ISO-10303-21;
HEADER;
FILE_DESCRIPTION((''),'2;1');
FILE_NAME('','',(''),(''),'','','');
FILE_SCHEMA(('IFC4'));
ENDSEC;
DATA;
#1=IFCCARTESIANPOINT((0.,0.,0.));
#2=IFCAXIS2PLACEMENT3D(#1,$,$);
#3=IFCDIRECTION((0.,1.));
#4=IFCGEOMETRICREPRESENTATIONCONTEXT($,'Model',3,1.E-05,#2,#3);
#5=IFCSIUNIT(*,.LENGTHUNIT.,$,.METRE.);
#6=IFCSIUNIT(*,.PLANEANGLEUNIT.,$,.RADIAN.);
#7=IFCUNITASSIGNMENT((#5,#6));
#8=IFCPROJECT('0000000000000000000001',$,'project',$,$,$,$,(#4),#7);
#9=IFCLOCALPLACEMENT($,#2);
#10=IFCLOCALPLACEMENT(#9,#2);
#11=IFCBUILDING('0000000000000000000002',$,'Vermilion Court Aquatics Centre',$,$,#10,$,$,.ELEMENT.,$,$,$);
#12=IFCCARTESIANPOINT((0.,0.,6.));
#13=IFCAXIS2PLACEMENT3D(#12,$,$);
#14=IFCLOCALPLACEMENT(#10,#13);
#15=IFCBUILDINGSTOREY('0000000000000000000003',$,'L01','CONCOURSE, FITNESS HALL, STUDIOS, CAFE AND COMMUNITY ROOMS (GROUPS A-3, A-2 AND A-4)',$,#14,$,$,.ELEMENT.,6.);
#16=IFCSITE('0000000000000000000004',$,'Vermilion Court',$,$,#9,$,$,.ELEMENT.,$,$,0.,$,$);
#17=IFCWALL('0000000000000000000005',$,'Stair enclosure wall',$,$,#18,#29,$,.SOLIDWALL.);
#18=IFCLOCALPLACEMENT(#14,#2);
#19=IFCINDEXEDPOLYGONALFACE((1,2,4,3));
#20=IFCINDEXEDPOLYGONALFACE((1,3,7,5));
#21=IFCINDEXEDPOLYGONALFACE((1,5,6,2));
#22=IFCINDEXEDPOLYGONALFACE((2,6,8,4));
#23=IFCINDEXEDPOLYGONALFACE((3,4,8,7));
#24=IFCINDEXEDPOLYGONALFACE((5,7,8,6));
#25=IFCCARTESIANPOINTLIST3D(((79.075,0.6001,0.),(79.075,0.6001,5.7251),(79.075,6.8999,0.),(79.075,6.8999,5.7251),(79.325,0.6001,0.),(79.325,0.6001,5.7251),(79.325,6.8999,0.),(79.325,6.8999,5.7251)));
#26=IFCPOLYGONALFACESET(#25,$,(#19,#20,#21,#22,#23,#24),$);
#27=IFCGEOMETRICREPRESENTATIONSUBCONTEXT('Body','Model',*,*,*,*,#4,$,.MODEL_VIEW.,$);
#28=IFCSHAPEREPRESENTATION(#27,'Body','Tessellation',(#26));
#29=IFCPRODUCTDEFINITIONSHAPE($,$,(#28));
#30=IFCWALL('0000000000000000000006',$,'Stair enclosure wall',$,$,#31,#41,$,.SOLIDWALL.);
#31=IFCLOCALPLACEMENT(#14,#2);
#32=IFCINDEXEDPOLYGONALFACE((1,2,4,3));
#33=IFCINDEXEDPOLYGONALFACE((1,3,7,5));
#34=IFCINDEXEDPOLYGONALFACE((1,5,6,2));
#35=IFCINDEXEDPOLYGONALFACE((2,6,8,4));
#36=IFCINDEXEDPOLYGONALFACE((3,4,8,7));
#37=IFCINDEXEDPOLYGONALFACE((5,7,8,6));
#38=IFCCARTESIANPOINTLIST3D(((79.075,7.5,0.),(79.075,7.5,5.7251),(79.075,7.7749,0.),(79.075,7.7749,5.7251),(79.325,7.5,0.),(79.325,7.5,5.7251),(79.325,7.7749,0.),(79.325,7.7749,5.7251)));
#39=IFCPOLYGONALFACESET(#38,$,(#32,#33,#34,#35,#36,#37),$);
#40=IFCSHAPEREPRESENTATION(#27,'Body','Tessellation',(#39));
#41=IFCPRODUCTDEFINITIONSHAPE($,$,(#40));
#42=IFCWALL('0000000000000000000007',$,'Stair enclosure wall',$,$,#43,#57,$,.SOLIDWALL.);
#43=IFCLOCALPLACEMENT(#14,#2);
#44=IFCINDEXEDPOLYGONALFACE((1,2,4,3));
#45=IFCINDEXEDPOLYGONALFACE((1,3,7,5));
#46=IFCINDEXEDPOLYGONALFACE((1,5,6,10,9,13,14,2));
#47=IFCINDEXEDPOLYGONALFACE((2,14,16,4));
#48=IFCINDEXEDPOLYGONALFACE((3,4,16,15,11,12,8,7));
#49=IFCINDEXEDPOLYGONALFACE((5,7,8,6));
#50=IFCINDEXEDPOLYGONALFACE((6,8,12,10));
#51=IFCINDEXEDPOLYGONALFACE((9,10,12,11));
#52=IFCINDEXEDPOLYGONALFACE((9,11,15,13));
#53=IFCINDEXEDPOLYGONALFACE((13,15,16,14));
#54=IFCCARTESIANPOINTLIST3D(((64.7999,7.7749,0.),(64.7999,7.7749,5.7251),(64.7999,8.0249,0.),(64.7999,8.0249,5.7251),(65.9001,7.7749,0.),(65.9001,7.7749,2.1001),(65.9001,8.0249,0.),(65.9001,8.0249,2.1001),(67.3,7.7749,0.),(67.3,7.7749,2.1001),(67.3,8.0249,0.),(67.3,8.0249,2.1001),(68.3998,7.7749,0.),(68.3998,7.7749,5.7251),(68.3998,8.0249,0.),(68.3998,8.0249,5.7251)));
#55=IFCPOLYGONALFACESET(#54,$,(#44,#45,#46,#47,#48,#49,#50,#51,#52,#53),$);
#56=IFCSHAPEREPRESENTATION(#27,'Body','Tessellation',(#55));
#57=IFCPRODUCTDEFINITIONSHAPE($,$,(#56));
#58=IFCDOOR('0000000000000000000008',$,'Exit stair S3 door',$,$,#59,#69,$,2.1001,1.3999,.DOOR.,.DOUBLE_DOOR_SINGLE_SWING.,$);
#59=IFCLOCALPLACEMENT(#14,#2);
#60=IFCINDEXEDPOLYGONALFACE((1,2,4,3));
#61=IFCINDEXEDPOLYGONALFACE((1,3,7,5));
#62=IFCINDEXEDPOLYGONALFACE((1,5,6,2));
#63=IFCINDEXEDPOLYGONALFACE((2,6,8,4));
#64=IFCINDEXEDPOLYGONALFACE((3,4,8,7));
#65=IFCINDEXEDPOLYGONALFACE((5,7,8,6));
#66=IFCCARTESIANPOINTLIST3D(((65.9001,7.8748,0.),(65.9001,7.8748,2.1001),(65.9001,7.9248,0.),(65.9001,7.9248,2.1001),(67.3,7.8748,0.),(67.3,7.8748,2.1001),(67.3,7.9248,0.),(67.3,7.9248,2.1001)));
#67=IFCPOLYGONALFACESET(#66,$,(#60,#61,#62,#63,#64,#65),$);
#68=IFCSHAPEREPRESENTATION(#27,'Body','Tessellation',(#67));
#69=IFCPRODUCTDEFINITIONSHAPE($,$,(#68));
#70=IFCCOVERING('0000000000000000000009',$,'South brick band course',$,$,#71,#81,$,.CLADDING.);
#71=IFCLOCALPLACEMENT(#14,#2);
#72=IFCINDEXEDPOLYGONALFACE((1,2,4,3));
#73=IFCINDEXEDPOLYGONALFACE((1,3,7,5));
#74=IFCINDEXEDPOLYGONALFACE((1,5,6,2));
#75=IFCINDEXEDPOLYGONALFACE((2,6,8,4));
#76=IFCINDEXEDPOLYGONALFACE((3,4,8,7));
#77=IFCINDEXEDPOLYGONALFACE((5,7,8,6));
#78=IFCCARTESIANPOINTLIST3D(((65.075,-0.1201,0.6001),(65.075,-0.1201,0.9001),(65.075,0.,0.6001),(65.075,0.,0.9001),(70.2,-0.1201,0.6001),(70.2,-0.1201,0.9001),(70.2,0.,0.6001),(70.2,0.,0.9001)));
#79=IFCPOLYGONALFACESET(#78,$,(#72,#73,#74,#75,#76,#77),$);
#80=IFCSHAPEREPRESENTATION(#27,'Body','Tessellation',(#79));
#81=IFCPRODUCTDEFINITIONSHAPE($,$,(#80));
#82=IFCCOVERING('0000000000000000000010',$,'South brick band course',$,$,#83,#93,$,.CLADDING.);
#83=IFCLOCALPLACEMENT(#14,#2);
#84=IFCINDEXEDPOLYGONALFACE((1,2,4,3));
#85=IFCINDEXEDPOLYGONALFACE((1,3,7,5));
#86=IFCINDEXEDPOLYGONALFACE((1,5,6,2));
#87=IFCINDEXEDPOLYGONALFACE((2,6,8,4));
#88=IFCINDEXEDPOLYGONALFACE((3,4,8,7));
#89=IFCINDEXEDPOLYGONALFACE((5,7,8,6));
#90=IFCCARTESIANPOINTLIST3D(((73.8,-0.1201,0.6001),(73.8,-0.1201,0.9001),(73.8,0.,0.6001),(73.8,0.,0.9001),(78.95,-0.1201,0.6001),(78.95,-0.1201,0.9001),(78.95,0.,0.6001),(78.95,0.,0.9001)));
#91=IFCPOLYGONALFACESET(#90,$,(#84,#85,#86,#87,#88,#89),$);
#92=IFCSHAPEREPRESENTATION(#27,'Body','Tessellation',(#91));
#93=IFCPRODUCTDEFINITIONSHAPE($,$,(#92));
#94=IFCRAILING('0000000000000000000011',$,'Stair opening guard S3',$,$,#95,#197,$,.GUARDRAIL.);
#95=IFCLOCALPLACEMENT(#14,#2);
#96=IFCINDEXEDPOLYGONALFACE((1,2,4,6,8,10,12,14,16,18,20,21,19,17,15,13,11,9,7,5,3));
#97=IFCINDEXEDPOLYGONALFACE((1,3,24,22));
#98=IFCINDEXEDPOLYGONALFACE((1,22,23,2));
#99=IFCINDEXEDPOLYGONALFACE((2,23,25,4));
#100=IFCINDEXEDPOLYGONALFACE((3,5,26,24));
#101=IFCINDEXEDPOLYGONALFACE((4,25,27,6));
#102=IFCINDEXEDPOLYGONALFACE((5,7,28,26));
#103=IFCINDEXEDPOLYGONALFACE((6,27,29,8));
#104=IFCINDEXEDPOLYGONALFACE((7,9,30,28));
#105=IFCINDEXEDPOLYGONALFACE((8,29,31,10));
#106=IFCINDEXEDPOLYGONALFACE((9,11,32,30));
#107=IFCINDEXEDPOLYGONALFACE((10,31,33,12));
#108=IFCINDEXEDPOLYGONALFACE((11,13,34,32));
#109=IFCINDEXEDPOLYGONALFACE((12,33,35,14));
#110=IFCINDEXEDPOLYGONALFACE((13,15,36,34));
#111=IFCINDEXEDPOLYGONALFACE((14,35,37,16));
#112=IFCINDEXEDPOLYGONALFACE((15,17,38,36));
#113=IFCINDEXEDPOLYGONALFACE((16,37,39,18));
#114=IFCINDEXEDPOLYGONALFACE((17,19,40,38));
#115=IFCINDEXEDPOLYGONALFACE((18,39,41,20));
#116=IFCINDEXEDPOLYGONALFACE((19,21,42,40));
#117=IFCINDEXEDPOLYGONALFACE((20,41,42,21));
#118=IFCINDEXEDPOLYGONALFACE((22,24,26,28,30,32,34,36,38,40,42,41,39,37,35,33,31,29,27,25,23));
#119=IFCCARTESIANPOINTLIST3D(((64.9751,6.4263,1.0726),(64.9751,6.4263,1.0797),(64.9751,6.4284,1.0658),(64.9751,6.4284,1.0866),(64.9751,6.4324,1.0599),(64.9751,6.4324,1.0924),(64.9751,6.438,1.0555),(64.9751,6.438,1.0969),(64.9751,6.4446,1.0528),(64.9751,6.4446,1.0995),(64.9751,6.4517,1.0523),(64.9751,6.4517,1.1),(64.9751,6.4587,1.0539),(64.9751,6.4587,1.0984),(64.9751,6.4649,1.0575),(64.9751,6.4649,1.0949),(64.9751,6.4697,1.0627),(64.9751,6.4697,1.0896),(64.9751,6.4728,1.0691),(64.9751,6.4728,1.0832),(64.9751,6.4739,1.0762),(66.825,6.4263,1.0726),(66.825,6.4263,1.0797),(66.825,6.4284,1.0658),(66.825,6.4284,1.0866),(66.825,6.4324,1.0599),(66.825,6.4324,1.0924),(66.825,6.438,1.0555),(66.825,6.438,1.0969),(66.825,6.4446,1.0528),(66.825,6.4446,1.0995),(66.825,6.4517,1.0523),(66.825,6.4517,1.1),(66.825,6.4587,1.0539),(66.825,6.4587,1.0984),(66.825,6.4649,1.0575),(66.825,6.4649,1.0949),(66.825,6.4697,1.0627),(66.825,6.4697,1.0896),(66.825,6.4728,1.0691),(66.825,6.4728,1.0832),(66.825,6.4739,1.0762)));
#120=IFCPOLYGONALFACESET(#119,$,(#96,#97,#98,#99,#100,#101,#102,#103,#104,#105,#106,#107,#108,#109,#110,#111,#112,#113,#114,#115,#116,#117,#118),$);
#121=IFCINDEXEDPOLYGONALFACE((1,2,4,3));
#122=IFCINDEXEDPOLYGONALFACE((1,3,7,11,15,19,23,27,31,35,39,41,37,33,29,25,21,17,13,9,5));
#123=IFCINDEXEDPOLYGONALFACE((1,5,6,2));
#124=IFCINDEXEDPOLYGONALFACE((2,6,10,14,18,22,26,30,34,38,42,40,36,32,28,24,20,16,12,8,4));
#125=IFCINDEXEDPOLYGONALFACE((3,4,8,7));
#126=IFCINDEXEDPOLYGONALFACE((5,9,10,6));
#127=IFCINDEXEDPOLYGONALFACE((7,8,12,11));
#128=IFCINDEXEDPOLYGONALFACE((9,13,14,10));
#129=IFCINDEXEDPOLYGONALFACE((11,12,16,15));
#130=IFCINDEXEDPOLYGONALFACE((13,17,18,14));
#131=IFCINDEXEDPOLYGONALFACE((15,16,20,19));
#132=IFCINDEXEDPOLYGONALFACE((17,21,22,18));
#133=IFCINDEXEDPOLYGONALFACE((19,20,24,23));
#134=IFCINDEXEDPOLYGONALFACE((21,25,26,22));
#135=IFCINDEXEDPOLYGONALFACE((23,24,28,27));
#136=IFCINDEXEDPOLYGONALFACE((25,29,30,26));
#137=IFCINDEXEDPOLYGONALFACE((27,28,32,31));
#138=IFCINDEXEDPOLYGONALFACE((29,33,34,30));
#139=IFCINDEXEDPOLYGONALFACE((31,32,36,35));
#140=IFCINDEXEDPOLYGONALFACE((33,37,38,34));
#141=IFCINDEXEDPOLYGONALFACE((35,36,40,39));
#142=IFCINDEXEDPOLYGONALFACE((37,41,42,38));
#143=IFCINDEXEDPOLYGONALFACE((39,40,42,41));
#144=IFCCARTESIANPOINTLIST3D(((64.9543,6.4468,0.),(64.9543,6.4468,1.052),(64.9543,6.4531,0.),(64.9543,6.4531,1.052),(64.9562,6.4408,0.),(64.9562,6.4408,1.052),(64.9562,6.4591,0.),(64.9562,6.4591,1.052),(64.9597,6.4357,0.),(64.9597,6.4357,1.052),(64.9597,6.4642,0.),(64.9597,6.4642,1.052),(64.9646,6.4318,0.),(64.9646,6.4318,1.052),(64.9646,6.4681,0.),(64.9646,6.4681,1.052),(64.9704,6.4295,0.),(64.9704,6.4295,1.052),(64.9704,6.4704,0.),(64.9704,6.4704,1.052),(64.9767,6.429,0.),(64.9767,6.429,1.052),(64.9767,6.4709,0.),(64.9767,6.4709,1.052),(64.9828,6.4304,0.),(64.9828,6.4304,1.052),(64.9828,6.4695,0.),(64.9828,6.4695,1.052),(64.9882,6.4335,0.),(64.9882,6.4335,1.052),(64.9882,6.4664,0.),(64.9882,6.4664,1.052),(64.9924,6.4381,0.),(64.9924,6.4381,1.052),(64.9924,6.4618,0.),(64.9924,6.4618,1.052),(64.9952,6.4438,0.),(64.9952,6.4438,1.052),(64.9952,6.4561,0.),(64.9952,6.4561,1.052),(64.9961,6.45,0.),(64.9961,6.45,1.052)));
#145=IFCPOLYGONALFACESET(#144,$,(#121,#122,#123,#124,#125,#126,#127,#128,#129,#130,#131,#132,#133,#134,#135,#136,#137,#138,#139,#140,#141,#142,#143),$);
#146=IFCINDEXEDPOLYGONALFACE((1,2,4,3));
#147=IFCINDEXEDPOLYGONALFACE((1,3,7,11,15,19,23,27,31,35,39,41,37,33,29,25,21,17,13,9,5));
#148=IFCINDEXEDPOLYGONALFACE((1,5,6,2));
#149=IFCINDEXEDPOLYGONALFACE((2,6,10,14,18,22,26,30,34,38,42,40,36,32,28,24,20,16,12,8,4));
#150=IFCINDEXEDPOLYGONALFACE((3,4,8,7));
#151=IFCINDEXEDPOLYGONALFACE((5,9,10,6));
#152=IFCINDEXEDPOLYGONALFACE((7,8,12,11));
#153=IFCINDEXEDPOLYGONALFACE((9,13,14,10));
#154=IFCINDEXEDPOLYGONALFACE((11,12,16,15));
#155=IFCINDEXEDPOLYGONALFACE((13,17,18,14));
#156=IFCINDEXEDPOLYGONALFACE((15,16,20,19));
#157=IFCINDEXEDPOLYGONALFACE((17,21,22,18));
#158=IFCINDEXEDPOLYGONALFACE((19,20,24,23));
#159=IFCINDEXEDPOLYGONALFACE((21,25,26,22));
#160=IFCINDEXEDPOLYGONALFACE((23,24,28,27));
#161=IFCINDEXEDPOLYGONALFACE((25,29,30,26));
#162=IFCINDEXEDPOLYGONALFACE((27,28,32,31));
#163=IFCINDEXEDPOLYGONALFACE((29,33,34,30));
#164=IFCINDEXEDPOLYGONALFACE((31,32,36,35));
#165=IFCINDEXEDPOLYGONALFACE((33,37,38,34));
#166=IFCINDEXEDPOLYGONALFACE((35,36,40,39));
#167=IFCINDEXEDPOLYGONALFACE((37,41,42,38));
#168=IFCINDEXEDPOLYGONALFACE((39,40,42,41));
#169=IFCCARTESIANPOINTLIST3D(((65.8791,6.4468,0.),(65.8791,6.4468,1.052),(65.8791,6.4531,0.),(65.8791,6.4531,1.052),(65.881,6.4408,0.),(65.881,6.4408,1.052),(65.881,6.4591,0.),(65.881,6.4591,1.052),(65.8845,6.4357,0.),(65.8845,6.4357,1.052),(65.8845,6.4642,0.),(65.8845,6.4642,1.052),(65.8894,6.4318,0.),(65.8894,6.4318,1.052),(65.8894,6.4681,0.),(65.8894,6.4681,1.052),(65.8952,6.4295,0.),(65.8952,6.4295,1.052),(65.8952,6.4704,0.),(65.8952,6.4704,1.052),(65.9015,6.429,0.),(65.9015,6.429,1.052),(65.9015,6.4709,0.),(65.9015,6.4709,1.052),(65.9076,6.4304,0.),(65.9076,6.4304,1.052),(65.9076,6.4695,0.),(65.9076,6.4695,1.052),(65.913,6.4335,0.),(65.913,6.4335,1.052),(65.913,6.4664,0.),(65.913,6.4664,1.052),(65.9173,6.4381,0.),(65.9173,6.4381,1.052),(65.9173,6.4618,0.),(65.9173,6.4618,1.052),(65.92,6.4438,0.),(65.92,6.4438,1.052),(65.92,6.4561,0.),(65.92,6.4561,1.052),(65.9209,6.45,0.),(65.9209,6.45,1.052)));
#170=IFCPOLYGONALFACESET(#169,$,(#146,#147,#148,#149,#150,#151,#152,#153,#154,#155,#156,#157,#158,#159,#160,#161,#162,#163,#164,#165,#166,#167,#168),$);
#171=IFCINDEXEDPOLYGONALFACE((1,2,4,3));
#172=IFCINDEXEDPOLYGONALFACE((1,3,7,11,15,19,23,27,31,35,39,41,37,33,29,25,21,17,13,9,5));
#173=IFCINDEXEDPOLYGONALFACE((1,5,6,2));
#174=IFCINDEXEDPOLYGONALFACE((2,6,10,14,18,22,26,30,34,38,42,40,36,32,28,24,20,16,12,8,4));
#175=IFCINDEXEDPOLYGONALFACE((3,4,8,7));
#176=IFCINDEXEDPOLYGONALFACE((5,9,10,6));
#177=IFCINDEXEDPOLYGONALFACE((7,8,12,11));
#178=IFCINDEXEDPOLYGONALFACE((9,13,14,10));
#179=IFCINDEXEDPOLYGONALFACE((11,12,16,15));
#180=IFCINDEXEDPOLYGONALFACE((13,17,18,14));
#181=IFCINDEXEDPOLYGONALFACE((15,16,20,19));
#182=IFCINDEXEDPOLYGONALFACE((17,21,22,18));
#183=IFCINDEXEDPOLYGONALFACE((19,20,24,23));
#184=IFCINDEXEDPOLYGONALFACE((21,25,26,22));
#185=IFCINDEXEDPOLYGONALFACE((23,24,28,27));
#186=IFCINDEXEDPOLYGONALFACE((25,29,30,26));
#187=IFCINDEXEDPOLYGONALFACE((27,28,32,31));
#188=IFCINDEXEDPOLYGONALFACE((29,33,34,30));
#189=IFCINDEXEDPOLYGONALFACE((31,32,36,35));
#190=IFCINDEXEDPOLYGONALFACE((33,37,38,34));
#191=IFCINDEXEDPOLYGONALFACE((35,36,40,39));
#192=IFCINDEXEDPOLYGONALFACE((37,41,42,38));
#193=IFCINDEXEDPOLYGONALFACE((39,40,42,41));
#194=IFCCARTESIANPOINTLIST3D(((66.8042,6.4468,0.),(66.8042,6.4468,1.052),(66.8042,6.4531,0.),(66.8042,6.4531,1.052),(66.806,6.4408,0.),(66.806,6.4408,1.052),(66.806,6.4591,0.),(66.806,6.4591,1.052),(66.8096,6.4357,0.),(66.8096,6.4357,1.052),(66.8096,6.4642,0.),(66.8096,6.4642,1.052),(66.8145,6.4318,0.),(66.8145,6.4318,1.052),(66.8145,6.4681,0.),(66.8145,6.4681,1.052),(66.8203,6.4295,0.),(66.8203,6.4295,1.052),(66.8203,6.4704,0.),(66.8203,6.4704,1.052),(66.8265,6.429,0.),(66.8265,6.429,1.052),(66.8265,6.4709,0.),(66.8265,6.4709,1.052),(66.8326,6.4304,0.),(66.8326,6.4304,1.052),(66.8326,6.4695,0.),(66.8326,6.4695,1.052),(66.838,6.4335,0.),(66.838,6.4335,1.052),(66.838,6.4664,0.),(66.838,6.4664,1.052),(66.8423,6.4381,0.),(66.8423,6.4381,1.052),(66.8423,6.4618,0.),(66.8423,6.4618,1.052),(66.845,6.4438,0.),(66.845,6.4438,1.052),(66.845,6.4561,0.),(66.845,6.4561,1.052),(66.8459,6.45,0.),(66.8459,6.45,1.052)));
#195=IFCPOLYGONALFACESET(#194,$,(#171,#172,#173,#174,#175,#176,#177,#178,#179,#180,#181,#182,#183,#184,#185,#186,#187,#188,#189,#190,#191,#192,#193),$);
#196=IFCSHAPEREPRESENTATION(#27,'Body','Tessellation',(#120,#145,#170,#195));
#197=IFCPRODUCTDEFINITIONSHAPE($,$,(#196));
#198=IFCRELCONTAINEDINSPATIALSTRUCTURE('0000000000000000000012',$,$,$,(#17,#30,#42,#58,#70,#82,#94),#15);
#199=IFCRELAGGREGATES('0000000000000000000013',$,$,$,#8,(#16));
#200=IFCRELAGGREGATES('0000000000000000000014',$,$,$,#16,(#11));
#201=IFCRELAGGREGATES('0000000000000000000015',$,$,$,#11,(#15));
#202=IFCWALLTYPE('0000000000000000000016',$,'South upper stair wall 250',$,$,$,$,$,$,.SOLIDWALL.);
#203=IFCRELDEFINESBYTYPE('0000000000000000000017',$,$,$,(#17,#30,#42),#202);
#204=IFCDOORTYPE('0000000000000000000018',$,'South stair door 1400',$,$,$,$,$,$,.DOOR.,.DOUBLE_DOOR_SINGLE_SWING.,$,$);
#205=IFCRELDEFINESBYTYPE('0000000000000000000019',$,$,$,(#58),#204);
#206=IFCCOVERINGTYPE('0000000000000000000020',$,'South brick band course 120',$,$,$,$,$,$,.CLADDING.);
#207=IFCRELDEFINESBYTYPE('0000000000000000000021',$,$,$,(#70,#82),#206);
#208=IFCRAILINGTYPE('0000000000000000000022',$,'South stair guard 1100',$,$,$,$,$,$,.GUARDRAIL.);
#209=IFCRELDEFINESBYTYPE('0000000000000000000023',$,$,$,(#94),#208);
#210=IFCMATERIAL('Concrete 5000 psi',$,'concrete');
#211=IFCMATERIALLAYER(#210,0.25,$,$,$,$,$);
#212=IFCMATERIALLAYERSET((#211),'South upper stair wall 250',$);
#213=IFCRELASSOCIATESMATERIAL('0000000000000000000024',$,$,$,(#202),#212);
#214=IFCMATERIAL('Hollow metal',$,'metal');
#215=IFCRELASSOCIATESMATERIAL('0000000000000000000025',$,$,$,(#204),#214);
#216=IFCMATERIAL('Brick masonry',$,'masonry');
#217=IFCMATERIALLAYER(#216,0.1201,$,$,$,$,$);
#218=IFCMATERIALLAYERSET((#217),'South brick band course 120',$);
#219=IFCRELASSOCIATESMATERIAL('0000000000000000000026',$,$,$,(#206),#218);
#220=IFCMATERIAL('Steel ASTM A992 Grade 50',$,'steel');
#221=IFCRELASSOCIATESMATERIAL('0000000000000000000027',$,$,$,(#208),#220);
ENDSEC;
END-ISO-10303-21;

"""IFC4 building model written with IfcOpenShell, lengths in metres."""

from ifc_helpers import new_model, si_unit, direction, frame, frame_2d, origin, origin_2d, place, context, subcontext, project, spatial, rectangle, circle, extrude, material, layer, layer_set, type_object, element, fill, save


model = new_model("IFC4")

# Units and contexts
model_context = context("Model", 3, precision=1e-05, world=origin(), true_north=direction((0.0, 1.0)))
body_context = subcontext(model_context, "Body", "Model", "MODEL_VIEW")
ifc_project = project(units=[si_unit("LENGTHUNIT", "METRE"), si_unit("PLANEANGLEUNIT", "RADIAN")], contexts=[model_context])

# Site, building, storey
site_placement = place(None, origin())
site = spatial("IfcSite", under=ifc_project, at=site_placement, Name="Vermilion Court", CompositionType="ELEMENT", RefElevation=0.0)
building_placement = place(site_placement, origin())
building = spatial("IfcBuilding", under=site, at=building_placement, Name="Vermilion Court Aquatics Centre", CompositionType="ELEMENT")
storey_placement = place(building_placement, frame((0.0, 0.0, 6.0)))
storey = spatial("IfcBuildingStorey", under=building, at=storey_placement, Name="L01", Description="CONCOURSE, FITNESS HALL, STUDIOS, CAFE AND COMMUNITY ROOMS (GROUPS A-3, A-2 AND A-4)", CompositionType="ELEMENT", Elevation=6.0)

# Walls
ifc_material_1 = material(Name="Concrete 5000 psi", Category="concrete")
ifc_layer_1 = layer(ifc_material_1, 0.25)
ifc_layer_set_1 = layer_set([ifc_layer_1], Name="South upper stair wall 250")
wall_type_1 = type_object("IfcWallType", Name="South upper stair wall 250", PredefinedType="SOLIDWALL", material=ifc_layer_set_1)
wall_1_placement = place(storey_placement, frame((79.2, 0.6001, 0.0), z_axis=(0.0, 0.0, 1.0), x_axis=(0.0, 1.0, 0.0)))
element("IfcWall", 1, at=wall_1_placement, inside=storey, type_object=wall_type_1, Name="Stair enclosure wall", PredefinedType="SOLIDWALL", context=body_context, shape_type="SweptSolid", body=[
    extrude(rectangle(XDim=6.2998, YDim=0.25, at=frame_2d((3.1499, 0.0))), origin(), (0.0, 0.0, 1.0), 5.7251),
])
wall_2_placement = place(storey_placement, frame((79.2, 7.5, 0.0), z_axis=(0.0, 0.0, 1.0), x_axis=(0.0, 1.0, 0.0)))
element("IfcWall", 2, at=wall_2_placement, inside=storey, type_object=wall_type_1, Name="Stair enclosure wall", PredefinedType="SOLIDWALL", context=body_context, shape_type="SweptSolid", body=[
    extrude(rectangle(XDim=0.2749, YDim=0.25, at=frame_2d((0.1375, 0.0))), origin(), (0.0, 0.0, 1.0), 5.7251),
])

# Wall, opening, door
wall_3_placement = place(storey_placement, frame((64.8, 7.8999, 0.0), z_axis=(0.0, 0.0, 1.0), x_axis=(1.0, 0.0, 0.0)))
wall_3 = element("IfcWall", 3, at=wall_3_placement, inside=storey, type_object=wall_type_1, Name="Stair enclosure wall", PredefinedType="SOLIDWALL", context=body_context, shape_type="SweptSolid", body=[
    extrude(rectangle(XDim=3.5999, YDim=0.25, at=frame_2d((1.7998, 0.0))), origin(), (0.0, 0.0, 1.0), 5.7251),
])
opening_1_placement = place(wall_3_placement, frame((1.1001, 0.0, 0.0)))
opening_1 = element("IfcOpeningElement", 4, at=opening_1_placement, cuts=wall_3, PredefinedType="OPENING", context=body_context, shape_type="SweptSolid", body=[
    extrude(rectangle(XDim=1.3999, YDim=2.1001, at=frame_2d((0.7, 1.05))), frame((0.0, 0.135, 0.0), z_axis=(0.0, -1.0, 0.0), x_axis=(1.0, 0.0, 0.0)), (0.0, 0.0, 1.0), 0.27),
])
ifc_material_2 = material(Name="Hollow metal", Category="metal")
door_type_1 = type_object("IfcDoorType", Name="South stair door 1400", OperationType="DOUBLE_DOOR_SINGLE_SWING", PredefinedType="DOOR", material=ifc_material_2)
door_1_placement = place(opening_1_placement, frame((1.3999, 0.0, 0.0), z_axis=(0.0, 0.0, 1.0), x_axis=(-1.0, 0.0, 0.0)))
door_1 = element("IfcDoor", 5, at=door_1_placement, inside=storey, type_object=door_type_1, Name="Exit stair S3 door", OperationType="DOUBLE_DOOR_SINGLE_SWING", OverallHeight=2.1001, OverallWidth=1.3999, PredefinedType="DOOR", context=body_context, shape_type="SweptSolid", body=[
    extrude(rectangle(XDim=1.3999, YDim=2.1001, at=frame_2d((0.7, 1.05))), frame((0.0, 0.0251, 0.0), z_axis=(0.0, -1.0, 0.0), x_axis=(1.0, 0.0, 0.0)), (0.0, 0.0, 1.0), 0.05),
])
fill(opening_1, door_1)

# Coverings
ifc_material_3 = material(Name="Brick masonry", Category="masonry")
ifc_layer_2 = layer(ifc_material_3, 0.1201)
ifc_layer_set_2 = layer_set([ifc_layer_2], Name="South brick band course 120")
covering_type = type_object("IfcCoveringType", Name="South brick band course 120", PredefinedType="CLADDING", material=ifc_layer_set_2)
covering_1_placement = place(storey_placement, frame((67.6375, -0.0601, 0.6001), z_axis=(0.0, 0.0, 1.0), x_axis=(1.0, 0.0, 0.0)))
element("IfcCovering", 6, at=covering_1_placement, inside=storey, type_object=covering_type, Name="South brick band course", PredefinedType="CLADDING", context=body_context, shape_type="SweptSolid", body=[
    extrude(rectangle(XDim=5.125, YDim=0.1201, at=origin_2d()), origin(), (0.0, 0.0, 1.0), 0.3),
])
covering_2_placement = place(storey_placement, frame((76.375, -0.0601, 0.6001), z_axis=(0.0, 0.0, 1.0), x_axis=(1.0, 0.0, 0.0)))
element("IfcCovering", 7, at=covering_2_placement, inside=storey, type_object=covering_type, Name="South brick band course", PredefinedType="CLADDING", context=body_context, shape_type="SweptSolid", body=[
    extrude(rectangle(XDim=5.1499, YDim=0.1201, at=origin_2d()), origin(), (0.0, 0.0, 1.0), 0.3),
])

# Railing
ifc_material_4 = material(Name="Steel ASTM A992 Grade 50", Category="steel")
railing_type = type_object("IfcRailingType", Name="South stair guard 1100", PredefinedType="GUARDRAIL", material=ifc_material_4)
railing_1_placement = place(storey_placement, frame((64.9751, 6.45, 0.0)))
element("IfcRailing", 8, at=railing_1_placement, inside=storey, type_object=railing_type, Name="Stair opening guard S3", PredefinedType="GUARDRAIL", context=body_context, shape_type="SweptSolid", body=[
    extrude(circle(Radius=0.0239, at=origin_2d()), frame((0.0, 0.0, 1.0762), z_axis=(1.0, 0.0, 0.0), x_axis=(0.0, 1.0, 0.0)), (0.0, 0.0, 1.0), 1.8499),
    extrude(circle(Radius=0.021, at=origin_2d()), origin(), (0.0, 0.0, 1.0), 1.052),
    extrude(circle(Radius=0.021, at=origin_2d()), frame((0.9248, 0.0, 0.0)), (0.0, 0.0, 1.0), 1.052),
    extrude(circle(Radius=0.021, at=origin_2d()), frame((1.8499, 0.0, 0.0)), (0.0, 0.0, 1.0), 1.052),
])

save(model, "model.ifc")
